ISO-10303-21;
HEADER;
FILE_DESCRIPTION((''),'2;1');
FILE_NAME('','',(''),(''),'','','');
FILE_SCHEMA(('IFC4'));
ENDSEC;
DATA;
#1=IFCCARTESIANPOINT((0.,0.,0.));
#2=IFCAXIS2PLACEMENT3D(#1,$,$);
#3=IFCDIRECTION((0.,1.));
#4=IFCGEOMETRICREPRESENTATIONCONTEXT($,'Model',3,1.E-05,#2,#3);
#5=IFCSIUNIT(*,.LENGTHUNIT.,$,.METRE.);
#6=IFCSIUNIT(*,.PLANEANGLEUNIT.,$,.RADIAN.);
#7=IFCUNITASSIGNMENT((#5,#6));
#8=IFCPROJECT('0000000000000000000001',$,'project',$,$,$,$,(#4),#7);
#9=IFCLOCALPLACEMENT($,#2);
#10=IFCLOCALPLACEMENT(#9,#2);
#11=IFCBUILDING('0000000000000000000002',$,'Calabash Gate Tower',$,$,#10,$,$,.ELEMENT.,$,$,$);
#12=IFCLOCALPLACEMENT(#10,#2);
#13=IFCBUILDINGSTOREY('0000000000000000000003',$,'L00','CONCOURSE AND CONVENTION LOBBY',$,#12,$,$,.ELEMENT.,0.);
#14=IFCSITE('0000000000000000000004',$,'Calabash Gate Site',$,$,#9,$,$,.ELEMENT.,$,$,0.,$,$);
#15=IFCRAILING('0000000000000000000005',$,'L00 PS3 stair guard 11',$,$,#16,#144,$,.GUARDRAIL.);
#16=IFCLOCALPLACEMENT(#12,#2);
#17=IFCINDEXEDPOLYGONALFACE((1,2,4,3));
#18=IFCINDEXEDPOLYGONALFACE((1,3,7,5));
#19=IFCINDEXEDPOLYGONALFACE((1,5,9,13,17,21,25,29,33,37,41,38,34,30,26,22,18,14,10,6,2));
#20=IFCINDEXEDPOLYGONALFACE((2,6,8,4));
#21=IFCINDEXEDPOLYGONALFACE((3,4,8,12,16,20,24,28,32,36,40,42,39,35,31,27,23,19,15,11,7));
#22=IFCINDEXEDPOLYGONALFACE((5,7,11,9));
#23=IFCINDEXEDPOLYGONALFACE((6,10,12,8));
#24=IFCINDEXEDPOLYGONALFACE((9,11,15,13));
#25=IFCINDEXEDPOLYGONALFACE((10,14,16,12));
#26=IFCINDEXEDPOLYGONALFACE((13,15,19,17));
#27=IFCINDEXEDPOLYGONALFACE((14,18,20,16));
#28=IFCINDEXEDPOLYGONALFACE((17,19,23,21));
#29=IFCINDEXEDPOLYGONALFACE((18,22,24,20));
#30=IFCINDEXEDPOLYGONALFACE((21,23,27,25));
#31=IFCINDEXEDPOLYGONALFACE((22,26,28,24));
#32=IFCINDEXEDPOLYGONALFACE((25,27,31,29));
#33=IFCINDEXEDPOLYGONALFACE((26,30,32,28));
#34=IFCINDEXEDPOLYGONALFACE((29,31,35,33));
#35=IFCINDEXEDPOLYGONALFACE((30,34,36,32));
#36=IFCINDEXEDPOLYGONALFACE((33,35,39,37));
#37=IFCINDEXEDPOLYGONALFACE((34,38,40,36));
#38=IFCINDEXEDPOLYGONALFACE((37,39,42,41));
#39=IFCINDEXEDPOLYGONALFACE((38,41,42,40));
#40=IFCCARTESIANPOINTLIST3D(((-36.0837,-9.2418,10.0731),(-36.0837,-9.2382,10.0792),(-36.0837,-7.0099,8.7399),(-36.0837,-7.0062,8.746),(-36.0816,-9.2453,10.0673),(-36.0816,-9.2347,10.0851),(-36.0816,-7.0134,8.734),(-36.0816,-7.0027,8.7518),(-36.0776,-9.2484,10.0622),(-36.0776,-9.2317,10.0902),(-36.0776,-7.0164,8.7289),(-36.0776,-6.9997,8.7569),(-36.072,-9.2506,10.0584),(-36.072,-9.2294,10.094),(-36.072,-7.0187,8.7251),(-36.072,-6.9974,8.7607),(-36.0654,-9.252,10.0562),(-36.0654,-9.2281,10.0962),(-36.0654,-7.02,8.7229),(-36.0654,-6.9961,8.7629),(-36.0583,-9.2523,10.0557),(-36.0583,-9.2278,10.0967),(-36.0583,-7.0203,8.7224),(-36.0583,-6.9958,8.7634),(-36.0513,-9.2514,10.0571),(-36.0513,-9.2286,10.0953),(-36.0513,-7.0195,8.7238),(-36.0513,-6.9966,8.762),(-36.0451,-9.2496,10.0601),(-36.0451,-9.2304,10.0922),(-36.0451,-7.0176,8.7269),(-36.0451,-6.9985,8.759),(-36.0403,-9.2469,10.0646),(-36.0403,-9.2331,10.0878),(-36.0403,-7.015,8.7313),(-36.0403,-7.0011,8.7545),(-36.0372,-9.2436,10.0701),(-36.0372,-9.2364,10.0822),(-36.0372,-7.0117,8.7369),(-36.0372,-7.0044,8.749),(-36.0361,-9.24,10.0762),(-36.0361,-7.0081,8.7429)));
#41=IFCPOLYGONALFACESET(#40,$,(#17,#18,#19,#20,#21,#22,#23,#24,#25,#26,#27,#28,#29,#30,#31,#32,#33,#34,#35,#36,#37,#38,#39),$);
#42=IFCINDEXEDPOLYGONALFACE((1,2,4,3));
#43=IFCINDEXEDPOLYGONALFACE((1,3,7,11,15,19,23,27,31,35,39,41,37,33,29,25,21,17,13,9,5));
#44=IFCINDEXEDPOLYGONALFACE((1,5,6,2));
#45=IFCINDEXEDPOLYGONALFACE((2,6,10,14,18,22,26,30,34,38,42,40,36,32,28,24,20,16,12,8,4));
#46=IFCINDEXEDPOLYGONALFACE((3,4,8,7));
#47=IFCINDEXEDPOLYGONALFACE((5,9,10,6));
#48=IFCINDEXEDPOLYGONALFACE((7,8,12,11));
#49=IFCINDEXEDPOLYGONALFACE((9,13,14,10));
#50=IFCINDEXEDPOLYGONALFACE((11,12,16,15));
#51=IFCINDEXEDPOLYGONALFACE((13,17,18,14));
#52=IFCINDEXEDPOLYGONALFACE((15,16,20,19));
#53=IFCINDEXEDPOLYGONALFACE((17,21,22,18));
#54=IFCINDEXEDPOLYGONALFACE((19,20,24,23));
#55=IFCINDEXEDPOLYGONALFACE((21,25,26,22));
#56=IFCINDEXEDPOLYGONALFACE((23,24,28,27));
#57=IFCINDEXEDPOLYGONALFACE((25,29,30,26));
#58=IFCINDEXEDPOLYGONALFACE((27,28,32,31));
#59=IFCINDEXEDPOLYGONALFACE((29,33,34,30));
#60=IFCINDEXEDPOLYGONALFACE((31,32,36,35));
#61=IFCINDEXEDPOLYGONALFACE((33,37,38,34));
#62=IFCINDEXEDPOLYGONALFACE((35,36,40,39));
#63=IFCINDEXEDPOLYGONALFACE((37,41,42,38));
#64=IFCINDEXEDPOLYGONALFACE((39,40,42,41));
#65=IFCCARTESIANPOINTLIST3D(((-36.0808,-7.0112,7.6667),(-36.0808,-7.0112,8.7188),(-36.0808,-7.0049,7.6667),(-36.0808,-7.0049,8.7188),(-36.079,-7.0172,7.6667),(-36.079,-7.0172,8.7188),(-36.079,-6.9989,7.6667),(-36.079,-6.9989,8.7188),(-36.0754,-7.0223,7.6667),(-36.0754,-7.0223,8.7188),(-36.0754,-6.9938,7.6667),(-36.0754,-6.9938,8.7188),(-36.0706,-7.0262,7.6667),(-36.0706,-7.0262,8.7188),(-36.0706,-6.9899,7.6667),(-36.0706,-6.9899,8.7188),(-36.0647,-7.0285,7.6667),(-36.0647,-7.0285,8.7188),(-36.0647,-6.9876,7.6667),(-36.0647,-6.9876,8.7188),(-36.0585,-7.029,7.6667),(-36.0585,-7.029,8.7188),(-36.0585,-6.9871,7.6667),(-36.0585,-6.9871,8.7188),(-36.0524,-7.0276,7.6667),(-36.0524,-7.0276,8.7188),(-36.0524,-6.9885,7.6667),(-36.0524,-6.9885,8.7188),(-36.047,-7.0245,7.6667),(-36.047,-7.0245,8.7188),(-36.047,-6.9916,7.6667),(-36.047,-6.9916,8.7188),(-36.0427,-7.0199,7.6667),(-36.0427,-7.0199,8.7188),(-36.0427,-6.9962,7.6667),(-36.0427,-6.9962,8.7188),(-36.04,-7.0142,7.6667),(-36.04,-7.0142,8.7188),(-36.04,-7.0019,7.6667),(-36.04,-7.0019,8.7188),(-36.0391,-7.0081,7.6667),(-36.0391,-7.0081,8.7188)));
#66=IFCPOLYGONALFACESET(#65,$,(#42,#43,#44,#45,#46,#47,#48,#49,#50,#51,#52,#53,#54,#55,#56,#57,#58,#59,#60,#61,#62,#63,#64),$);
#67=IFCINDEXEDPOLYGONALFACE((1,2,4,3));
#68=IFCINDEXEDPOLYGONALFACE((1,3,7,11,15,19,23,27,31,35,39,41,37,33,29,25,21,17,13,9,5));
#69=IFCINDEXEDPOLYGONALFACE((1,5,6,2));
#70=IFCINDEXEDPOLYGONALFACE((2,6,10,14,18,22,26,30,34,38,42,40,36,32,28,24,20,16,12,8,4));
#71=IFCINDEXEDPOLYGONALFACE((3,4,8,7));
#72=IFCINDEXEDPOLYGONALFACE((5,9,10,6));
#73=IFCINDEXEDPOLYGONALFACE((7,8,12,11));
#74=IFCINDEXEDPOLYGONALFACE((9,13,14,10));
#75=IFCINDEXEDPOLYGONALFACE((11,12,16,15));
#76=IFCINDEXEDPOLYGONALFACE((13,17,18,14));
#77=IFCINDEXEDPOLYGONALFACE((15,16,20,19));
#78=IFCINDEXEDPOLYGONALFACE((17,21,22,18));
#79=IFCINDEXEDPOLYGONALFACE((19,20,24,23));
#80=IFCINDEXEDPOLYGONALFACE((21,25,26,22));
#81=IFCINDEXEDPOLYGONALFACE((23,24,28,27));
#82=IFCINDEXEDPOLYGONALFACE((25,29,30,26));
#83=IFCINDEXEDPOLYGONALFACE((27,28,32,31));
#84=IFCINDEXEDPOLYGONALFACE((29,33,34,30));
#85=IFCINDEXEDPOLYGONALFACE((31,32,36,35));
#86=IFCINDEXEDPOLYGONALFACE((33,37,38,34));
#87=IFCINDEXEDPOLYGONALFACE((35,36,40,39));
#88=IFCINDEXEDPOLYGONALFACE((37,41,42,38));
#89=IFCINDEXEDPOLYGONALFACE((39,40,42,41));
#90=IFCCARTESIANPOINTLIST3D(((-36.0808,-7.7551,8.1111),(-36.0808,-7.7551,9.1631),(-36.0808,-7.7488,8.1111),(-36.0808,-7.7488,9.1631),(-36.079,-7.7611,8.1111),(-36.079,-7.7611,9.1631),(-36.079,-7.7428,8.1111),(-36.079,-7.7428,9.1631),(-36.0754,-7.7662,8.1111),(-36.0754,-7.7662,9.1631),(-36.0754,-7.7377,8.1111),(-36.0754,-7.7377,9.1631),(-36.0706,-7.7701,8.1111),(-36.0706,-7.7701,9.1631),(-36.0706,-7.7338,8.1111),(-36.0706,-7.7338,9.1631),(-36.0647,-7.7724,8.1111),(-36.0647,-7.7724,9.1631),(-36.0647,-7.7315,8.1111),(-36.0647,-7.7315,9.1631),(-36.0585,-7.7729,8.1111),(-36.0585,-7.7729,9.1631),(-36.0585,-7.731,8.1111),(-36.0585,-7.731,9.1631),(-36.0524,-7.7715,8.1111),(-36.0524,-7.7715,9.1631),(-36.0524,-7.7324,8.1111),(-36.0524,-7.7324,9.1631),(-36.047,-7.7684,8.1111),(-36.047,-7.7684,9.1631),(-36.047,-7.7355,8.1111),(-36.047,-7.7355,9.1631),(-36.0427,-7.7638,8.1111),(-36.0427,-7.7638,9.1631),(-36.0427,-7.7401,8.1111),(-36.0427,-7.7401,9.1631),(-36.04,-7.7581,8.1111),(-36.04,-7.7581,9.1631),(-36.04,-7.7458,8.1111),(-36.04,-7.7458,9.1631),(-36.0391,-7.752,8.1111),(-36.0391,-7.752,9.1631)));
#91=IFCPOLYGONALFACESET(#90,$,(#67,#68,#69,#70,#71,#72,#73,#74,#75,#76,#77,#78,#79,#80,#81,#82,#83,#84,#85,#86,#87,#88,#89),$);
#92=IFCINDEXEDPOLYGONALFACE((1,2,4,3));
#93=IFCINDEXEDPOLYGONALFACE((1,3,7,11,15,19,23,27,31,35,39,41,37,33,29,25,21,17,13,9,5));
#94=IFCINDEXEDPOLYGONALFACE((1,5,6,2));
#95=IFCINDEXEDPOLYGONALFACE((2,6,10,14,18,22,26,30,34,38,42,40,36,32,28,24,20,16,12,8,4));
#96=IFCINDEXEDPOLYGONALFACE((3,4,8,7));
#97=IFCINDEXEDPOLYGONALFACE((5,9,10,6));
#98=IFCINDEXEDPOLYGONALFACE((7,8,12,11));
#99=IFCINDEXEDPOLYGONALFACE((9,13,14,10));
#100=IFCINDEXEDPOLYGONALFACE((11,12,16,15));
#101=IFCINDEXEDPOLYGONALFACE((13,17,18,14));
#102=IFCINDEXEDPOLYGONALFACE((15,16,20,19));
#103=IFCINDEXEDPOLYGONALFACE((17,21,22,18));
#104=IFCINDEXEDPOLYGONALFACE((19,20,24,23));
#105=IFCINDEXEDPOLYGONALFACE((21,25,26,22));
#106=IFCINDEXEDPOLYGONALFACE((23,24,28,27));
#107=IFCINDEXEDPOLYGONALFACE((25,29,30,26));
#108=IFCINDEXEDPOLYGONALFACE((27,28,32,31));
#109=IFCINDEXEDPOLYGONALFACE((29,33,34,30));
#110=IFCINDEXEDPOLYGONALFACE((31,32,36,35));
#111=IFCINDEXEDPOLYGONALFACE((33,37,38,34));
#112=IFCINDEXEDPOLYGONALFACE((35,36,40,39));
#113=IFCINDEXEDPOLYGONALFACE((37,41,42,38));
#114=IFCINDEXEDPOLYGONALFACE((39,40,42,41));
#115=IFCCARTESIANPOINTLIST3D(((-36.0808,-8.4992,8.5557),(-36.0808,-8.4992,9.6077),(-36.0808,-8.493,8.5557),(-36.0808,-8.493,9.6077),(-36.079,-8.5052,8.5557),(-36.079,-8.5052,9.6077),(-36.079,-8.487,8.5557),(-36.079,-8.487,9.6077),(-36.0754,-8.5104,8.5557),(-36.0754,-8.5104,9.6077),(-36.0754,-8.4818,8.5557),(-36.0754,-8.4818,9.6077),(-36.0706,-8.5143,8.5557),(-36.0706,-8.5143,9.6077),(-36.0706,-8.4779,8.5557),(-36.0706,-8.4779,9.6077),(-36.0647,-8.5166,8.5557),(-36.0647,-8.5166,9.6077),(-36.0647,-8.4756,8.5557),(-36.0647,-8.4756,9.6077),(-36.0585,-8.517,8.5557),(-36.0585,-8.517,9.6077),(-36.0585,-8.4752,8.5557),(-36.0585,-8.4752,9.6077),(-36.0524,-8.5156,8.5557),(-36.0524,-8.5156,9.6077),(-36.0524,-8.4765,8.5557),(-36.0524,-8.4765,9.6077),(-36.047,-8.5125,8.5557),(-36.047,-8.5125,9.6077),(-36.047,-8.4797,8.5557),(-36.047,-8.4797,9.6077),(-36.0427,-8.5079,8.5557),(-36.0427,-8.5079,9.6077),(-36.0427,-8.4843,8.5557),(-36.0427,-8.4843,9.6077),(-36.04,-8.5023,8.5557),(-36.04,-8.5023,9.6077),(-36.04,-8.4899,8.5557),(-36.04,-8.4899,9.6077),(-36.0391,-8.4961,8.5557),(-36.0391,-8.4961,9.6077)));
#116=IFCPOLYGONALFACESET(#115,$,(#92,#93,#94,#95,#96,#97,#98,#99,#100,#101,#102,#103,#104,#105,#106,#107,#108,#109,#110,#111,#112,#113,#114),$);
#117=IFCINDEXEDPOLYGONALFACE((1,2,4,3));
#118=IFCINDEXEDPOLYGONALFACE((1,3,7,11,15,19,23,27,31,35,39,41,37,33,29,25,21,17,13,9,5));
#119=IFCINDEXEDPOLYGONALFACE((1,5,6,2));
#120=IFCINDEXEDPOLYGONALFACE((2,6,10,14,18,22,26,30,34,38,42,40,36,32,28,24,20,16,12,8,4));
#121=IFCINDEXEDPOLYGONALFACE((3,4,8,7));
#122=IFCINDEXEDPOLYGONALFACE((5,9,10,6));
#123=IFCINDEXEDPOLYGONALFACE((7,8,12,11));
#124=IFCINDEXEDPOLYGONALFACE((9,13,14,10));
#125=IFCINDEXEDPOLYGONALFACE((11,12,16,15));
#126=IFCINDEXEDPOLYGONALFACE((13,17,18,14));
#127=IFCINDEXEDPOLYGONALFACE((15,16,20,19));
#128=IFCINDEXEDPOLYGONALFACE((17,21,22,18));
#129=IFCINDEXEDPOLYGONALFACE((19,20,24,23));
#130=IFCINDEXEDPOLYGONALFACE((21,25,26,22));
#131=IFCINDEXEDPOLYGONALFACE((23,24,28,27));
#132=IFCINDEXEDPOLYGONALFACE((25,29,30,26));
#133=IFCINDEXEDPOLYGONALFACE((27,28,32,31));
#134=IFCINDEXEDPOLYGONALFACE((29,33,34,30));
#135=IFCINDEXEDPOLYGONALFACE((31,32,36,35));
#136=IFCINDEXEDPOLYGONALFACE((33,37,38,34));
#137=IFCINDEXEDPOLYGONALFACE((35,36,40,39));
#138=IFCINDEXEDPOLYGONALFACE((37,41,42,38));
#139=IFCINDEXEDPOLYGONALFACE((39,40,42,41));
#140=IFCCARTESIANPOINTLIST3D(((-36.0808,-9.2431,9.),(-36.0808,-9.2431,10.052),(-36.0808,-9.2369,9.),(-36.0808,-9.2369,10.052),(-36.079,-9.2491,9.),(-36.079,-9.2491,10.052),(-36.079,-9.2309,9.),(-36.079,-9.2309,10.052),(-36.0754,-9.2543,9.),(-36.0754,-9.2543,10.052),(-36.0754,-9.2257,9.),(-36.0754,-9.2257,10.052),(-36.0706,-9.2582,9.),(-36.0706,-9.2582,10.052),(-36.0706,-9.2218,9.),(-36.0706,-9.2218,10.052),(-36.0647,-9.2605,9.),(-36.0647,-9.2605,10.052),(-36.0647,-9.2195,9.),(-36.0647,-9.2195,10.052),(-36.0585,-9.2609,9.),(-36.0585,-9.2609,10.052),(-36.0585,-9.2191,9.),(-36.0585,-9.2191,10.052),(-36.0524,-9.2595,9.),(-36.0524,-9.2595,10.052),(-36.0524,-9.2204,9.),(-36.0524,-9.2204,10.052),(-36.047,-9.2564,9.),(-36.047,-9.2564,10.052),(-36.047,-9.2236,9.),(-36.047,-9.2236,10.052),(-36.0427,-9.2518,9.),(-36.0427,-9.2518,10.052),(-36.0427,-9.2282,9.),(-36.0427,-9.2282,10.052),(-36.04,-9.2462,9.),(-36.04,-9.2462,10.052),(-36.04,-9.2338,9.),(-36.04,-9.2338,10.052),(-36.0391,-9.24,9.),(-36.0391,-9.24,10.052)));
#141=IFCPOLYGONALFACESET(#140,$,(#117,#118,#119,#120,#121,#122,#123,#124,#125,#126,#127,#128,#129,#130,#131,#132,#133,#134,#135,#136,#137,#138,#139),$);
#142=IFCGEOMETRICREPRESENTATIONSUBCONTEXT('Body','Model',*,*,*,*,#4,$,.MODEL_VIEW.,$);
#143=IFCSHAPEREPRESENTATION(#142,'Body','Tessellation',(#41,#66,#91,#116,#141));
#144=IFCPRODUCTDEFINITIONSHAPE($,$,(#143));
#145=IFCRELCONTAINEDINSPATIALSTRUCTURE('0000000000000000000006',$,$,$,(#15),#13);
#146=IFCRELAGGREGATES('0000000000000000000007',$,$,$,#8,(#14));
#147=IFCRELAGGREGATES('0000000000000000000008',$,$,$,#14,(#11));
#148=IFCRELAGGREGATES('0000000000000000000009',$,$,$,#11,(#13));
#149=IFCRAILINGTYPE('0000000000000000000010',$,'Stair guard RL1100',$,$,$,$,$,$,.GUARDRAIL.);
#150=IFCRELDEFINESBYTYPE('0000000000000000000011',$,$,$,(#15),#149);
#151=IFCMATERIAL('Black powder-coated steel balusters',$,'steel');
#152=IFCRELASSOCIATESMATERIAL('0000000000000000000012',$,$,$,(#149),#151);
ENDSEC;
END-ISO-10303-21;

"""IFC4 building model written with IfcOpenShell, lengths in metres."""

from ifc_helpers import new_model, si_unit, direction, frame, origin, origin_2d, place, context, subcontext, project, spatial, circle, extrude, material, type_object, element, save


model = new_model("IFC4")

# Units and contexts
model_context = context("Model", 3, precision=1e-05, world=origin(), true_north=direction((0.0, 1.0)))
body_context = subcontext(model_context, "Body", "Model", "MODEL_VIEW")
ifc_project = project(units=[si_unit("LENGTHUNIT", "METRE"), si_unit("PLANEANGLEUNIT", "RADIAN")], contexts=[model_context])

# Site, building, storey
site_placement = place(None, origin())
site = spatial("IfcSite", under=ifc_project, at=site_placement, Name="Calabash Gate Site", CompositionType="ELEMENT", RefElevation=0.0)
building_placement = place(site_placement, origin())
building = spatial("IfcBuilding", under=site, at=building_placement, Name="Calabash Gate Tower", CompositionType="ELEMENT")
storey_placement = place(building_placement, origin())
storey = spatial("IfcBuildingStorey", under=building, at=storey_placement, Name="L00", Description="CONCOURSE AND CONVENTION LOBBY", CompositionType="ELEMENT", Elevation=0.0)

# Railing
ifc_material_1 = material(Name="Black powder-coated steel balusters", Category="steel")
railing_type_1 = type_object("IfcRailingType", Name="Stair guard RL1100", PredefinedType="GUARDRAIL", material=ifc_material_1)
railing_1_placement = place(storey_placement, frame((-36.0601, -7.0081, 7.6667)))
element("IfcRailing", 1, at=railing_1_placement, inside=storey, type_object=railing_type_1, Name="L00 PS3 stair guard 11", PredefinedType="GUARDRAIL", context=body_context, shape_type="SweptSolid", body=[
    extrude(circle(Radius=0.0239, at=origin_2d()), frame((0.0, 0.0, 1.0762), z_axis=(0.0, -0.858494, 0.512824), x_axis=(1.0, 0.0, 0.0)), (0.0, 0.0, 1.0), 2.5999),
    extrude(circle(Radius=0.021, at=origin_2d()), origin(), (0.0, 0.0, 1.0), 1.052),
    extrude(circle(Radius=0.021, at=origin_2d()), frame((0.0, -0.7439, 0.4443)), (0.0, 0.0, 1.0), 1.052),
    extrude(circle(Radius=0.021, at=origin_2d()), frame((0.0, -1.488, 0.8889)), (0.0, 0.0, 1.0), 1.052),
    extrude(circle(Radius=0.021, at=origin_2d()), frame((0.0, -2.2319, 1.3333)), (0.0, 0.0, 1.0), 1.052),
])

save(model, "model.ifc")
